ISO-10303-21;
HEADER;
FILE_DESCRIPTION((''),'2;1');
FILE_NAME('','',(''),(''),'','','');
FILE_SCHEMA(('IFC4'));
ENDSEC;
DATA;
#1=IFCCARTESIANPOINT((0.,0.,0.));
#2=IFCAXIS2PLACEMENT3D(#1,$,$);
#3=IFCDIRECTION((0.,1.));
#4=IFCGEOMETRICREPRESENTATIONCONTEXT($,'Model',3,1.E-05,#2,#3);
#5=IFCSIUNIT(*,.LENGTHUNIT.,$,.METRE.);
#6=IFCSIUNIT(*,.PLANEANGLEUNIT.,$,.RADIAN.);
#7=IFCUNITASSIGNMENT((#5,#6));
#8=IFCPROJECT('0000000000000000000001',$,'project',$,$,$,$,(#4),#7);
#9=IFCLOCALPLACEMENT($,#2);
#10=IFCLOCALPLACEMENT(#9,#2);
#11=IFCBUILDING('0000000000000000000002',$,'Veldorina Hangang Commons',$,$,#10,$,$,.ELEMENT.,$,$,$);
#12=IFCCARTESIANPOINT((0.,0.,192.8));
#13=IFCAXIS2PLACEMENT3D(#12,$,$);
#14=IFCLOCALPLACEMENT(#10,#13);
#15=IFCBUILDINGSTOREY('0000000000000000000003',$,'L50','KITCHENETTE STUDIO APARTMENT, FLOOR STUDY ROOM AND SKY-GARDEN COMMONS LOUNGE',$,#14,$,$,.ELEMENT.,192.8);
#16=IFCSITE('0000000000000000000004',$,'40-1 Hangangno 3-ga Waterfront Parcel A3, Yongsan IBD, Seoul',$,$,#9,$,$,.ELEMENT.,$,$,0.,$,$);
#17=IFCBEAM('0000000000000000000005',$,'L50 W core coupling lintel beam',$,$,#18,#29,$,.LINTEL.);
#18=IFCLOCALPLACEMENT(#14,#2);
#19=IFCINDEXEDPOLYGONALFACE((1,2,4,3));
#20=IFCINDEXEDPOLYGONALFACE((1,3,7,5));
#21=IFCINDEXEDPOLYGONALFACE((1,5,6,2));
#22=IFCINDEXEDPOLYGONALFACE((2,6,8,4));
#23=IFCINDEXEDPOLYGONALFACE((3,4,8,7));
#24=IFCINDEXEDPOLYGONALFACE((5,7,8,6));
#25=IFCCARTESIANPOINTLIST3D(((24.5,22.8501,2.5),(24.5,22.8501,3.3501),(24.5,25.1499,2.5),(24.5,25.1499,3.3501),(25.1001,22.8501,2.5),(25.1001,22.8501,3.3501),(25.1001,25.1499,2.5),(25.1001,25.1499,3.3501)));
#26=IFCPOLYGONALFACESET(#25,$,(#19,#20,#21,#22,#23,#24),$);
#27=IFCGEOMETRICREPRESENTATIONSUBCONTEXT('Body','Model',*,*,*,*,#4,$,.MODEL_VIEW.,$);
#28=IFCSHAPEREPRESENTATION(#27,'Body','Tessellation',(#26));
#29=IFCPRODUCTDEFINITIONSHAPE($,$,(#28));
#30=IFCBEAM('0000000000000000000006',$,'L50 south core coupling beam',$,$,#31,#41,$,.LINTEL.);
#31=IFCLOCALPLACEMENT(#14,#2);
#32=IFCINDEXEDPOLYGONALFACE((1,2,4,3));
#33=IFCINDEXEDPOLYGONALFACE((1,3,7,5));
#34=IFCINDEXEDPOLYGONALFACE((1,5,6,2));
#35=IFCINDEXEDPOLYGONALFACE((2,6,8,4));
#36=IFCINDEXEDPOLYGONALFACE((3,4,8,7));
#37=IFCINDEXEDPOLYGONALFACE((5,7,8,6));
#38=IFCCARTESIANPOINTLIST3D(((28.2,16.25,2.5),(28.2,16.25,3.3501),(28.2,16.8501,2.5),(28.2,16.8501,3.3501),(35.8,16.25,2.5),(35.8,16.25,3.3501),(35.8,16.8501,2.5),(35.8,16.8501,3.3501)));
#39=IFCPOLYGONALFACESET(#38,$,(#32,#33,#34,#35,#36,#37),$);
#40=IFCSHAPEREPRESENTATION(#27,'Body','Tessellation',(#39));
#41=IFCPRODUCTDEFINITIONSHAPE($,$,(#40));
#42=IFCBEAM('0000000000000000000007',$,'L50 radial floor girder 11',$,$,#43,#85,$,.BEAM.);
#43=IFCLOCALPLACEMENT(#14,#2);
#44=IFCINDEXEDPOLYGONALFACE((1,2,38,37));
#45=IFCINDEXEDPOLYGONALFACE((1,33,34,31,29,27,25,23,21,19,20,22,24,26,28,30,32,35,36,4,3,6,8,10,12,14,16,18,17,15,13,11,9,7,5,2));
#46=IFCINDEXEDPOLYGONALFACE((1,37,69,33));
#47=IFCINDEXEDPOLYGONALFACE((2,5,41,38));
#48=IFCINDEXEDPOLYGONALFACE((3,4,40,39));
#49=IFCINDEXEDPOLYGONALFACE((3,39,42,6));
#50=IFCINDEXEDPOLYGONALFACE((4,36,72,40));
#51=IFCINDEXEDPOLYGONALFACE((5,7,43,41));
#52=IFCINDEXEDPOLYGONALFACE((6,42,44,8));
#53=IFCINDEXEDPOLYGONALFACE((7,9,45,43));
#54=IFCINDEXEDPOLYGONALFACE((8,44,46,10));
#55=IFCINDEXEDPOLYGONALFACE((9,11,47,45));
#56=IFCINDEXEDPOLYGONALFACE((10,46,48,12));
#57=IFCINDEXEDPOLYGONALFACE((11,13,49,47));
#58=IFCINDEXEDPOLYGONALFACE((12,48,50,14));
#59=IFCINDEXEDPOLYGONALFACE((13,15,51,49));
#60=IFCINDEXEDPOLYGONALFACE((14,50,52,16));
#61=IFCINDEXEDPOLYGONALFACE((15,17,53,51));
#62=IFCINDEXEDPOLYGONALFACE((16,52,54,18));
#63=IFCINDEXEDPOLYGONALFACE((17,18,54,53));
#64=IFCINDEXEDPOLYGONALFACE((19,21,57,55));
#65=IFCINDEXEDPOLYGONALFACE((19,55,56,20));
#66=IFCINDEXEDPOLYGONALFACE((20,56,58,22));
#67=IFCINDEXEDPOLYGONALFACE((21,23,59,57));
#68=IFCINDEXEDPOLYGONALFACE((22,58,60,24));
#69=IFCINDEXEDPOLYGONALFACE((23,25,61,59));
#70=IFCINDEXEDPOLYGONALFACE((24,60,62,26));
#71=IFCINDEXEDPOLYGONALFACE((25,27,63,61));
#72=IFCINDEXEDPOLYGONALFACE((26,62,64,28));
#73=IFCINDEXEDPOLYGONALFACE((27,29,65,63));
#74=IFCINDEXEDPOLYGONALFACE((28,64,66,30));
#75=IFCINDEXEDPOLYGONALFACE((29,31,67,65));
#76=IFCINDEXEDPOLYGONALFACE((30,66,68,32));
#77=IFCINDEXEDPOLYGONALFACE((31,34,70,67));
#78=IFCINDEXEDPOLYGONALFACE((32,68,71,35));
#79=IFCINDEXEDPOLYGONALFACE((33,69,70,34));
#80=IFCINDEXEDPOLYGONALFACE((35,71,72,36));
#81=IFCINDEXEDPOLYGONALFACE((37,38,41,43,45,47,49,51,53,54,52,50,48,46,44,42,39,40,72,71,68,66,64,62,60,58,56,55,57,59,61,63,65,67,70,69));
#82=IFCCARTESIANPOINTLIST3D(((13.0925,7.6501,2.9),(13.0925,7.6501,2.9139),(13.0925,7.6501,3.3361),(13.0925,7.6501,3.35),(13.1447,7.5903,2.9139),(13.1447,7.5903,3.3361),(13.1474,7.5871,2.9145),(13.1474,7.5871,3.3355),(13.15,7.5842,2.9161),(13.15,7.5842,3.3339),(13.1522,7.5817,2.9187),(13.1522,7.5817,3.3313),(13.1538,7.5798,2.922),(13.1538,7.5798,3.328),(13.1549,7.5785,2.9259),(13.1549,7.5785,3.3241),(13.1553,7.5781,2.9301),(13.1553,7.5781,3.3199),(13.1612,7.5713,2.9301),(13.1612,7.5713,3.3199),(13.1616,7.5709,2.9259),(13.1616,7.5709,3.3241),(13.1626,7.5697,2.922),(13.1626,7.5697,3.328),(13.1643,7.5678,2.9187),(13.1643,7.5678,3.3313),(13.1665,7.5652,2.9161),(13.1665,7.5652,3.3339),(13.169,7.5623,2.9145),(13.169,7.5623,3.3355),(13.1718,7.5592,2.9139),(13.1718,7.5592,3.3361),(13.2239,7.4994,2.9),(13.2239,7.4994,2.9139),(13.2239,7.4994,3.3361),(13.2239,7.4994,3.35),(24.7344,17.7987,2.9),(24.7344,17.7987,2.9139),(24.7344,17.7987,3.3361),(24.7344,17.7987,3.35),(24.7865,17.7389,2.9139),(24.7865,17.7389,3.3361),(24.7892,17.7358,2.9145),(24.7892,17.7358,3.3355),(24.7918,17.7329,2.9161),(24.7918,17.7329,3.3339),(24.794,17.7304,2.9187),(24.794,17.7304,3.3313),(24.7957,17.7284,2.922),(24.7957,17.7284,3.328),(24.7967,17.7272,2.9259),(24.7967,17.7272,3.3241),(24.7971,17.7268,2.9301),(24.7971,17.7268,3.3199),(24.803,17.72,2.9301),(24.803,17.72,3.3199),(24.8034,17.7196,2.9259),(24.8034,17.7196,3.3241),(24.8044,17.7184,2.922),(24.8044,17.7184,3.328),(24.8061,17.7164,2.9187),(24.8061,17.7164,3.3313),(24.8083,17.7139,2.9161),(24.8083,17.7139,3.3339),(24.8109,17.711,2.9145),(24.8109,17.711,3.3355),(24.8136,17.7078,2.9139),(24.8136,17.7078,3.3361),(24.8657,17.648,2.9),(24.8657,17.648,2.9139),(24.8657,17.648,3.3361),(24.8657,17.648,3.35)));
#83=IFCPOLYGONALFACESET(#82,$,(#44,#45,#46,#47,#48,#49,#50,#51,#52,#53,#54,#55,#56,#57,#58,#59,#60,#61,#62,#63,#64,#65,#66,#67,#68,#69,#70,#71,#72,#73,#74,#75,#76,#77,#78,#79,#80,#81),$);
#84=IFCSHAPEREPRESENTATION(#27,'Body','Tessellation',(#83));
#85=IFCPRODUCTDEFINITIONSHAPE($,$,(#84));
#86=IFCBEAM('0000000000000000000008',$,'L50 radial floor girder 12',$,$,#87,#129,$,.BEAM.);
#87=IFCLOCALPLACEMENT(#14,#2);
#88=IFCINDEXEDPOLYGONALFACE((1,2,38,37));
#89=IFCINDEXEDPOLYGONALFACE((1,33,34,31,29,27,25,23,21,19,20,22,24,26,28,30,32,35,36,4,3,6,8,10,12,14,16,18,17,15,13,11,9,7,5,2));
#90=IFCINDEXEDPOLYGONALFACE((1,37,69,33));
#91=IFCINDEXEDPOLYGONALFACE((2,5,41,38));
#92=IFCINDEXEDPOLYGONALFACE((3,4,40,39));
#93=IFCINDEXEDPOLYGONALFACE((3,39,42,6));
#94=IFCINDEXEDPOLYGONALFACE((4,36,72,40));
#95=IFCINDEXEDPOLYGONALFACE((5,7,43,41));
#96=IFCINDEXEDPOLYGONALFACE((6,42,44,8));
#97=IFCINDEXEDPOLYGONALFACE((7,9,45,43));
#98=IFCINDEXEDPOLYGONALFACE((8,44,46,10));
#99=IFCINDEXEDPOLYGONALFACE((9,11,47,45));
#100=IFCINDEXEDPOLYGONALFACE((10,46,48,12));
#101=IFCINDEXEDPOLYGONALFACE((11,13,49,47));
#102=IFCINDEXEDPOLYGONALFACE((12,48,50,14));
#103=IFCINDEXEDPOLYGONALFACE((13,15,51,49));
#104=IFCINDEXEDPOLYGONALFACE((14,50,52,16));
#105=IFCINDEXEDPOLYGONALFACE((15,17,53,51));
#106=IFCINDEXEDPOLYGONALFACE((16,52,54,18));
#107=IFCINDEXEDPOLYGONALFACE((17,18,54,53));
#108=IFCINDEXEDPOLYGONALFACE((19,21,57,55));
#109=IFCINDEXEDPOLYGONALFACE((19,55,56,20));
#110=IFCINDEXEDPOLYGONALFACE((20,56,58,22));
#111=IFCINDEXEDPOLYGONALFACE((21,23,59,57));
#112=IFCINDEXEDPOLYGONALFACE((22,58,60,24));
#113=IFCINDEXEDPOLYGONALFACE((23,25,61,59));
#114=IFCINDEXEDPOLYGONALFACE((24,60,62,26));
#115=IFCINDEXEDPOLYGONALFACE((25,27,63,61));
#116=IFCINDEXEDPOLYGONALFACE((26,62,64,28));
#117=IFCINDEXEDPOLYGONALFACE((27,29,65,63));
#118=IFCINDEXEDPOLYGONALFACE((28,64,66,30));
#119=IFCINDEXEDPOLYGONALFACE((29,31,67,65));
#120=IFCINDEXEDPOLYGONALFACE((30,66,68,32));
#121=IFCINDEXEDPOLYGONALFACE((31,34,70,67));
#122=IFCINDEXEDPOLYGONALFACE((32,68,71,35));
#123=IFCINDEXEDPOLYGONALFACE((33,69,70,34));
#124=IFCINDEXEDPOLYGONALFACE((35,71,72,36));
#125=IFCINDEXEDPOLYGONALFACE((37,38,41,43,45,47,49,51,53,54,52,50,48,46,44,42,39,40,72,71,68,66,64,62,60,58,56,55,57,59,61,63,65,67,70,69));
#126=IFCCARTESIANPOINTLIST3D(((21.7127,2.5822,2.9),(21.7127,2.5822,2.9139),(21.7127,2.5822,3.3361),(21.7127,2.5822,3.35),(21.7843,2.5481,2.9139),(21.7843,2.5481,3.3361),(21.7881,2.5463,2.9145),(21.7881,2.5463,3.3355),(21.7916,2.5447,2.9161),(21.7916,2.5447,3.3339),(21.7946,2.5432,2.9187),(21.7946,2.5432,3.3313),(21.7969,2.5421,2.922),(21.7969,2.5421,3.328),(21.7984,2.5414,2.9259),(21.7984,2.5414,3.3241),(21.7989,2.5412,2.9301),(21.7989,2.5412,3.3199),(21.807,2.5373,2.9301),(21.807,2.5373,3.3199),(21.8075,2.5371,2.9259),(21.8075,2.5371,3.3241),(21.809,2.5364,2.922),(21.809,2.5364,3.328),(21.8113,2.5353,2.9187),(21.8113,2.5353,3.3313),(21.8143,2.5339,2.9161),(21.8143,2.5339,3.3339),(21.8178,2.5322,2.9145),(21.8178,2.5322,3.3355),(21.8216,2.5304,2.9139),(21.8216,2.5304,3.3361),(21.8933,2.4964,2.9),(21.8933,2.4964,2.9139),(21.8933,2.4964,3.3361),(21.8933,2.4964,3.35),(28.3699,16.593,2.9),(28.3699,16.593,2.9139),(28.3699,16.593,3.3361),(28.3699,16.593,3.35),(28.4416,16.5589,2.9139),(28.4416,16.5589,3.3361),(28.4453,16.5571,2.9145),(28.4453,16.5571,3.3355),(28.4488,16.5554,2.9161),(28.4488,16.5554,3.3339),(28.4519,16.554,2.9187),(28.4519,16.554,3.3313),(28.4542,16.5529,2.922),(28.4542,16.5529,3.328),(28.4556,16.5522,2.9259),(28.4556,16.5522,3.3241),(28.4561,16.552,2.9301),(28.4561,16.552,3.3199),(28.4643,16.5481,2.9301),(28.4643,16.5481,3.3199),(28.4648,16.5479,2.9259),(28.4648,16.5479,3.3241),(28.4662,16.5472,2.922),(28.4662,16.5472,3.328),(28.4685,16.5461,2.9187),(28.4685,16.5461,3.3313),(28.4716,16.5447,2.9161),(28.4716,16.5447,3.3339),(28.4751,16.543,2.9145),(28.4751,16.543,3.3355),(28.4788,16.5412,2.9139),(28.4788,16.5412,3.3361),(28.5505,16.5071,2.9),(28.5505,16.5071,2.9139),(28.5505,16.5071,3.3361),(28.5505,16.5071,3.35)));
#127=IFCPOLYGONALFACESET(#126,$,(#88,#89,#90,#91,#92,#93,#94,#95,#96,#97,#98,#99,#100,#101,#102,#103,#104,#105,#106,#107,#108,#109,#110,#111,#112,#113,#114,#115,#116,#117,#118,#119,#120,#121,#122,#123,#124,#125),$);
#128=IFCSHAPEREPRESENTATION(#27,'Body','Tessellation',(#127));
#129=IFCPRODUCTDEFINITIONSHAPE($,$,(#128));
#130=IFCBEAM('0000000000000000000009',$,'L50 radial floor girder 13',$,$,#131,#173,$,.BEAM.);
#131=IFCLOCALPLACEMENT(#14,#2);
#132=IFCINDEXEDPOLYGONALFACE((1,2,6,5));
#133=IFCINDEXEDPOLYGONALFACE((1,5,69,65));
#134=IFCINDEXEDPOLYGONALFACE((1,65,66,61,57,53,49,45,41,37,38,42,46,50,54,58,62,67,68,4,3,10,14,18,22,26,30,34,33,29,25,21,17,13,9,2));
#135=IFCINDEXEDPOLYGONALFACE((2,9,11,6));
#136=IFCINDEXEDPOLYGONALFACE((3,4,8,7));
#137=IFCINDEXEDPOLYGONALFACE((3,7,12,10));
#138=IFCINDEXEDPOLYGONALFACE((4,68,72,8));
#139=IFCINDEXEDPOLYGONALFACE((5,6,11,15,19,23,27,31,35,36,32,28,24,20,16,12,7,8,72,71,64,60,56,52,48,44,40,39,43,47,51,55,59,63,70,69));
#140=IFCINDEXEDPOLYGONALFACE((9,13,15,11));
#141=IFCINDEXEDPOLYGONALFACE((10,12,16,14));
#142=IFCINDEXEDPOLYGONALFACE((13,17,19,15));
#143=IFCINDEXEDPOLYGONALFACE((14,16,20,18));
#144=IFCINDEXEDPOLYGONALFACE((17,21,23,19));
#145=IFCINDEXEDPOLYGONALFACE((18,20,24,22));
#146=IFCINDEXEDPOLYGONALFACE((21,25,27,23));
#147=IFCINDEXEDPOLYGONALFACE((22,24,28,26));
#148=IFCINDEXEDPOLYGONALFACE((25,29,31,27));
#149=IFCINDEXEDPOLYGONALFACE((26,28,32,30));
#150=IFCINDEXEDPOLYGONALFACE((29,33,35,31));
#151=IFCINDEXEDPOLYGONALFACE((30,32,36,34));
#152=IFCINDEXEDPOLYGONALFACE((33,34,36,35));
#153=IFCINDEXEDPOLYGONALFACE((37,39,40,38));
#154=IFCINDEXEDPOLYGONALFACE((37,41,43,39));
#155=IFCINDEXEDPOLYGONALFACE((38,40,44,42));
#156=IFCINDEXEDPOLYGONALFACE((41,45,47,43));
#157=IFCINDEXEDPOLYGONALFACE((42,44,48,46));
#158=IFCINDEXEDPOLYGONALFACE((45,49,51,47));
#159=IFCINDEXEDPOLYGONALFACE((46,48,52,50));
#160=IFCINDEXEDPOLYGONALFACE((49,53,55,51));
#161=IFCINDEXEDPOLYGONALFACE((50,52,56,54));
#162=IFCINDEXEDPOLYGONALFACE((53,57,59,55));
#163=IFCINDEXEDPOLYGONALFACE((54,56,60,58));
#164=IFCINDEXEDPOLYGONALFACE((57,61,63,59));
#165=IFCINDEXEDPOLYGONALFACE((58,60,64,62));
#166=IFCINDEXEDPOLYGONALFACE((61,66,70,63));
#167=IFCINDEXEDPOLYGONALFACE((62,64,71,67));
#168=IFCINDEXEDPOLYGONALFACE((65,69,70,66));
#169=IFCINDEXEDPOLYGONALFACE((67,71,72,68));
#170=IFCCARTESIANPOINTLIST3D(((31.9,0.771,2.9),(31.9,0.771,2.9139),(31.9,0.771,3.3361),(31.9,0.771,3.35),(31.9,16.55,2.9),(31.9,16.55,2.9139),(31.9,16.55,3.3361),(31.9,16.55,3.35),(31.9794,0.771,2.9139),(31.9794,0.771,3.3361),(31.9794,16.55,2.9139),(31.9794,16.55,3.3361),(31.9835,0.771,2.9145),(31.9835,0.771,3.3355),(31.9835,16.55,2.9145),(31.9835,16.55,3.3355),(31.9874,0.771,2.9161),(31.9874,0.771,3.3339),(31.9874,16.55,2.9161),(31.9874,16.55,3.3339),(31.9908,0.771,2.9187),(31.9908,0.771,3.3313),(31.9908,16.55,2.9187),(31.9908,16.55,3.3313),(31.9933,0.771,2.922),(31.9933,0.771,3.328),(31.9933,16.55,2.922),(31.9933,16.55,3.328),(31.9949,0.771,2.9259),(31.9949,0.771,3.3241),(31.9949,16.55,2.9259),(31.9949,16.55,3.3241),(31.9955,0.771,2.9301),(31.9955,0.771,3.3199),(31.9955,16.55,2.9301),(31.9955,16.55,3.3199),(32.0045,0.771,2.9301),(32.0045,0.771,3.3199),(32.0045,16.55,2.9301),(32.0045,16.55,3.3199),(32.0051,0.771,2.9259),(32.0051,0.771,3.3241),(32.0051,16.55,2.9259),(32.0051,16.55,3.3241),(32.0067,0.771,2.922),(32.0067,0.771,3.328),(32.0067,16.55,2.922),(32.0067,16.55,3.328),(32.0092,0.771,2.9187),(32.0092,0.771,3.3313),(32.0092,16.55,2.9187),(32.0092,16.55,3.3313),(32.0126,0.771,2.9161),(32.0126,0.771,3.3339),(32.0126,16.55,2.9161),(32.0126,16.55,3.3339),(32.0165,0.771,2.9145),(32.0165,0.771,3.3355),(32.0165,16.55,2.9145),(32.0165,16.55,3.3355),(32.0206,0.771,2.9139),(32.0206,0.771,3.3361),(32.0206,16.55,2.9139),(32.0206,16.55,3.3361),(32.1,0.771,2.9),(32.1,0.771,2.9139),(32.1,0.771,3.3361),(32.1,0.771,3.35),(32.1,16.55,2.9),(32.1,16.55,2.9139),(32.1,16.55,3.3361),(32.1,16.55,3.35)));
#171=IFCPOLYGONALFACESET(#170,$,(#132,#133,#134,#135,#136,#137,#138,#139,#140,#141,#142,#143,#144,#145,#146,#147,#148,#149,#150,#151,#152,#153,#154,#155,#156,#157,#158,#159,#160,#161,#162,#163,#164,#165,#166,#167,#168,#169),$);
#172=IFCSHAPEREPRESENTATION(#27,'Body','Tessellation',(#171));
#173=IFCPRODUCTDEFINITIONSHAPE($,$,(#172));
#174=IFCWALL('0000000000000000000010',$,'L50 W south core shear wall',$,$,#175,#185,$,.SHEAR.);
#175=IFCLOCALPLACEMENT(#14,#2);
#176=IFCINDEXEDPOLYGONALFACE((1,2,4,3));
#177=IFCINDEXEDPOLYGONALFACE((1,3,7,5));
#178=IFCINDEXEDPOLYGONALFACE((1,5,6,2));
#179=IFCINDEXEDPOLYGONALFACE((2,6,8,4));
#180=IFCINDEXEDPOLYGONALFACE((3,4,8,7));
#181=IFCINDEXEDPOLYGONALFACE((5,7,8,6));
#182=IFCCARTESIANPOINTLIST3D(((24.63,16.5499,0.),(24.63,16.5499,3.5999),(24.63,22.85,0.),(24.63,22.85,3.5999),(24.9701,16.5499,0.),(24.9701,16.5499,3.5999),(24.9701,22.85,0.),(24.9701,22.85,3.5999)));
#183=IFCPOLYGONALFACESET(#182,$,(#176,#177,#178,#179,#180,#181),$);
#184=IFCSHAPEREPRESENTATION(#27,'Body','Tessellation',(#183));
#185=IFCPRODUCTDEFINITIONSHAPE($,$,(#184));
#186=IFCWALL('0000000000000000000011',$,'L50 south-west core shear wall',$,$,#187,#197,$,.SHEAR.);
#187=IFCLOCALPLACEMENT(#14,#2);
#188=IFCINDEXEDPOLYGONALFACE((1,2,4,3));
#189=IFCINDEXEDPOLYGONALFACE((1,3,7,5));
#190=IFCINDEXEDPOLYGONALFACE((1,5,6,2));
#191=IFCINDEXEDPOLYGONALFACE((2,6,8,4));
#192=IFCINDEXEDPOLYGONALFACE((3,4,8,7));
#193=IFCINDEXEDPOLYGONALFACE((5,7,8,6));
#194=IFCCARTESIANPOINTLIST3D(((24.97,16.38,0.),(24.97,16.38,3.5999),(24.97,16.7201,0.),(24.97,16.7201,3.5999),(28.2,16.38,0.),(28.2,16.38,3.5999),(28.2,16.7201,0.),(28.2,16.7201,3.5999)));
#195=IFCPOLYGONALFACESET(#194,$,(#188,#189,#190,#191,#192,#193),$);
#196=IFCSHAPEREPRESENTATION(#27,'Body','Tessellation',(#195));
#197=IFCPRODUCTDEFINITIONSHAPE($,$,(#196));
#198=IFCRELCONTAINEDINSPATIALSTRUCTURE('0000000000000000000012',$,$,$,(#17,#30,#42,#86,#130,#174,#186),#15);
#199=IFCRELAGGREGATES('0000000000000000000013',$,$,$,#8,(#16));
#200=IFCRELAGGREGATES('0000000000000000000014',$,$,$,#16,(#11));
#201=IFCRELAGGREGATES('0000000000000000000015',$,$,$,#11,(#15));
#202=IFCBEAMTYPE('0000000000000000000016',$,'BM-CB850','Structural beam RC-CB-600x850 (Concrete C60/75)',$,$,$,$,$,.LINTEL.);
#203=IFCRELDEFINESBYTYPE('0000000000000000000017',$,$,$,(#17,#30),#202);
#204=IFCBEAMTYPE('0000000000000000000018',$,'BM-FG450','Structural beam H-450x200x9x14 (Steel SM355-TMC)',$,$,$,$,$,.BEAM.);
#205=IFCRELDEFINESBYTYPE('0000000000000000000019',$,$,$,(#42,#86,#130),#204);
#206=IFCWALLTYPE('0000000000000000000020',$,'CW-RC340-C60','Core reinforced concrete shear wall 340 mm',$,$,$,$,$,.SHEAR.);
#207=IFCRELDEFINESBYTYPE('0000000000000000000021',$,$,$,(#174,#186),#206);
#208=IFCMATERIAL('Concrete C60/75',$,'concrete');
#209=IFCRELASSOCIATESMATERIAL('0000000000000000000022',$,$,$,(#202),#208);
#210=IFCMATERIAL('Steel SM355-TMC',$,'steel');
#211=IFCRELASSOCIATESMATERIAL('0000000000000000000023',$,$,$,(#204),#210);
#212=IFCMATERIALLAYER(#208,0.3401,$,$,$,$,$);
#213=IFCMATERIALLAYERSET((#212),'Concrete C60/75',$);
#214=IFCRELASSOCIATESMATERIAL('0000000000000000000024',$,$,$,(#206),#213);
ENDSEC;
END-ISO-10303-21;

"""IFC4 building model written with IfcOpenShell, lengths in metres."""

from ifc_helpers import new_model, si_unit, direction, frame, frame_2d, origin, origin_2d, place, context, subcontext, project, spatial, rectangle, i_section, extrude, material, layer, layer_set, material_profile, profile_set, type_object, element, save


model = new_model("IFC4")

# Units and contexts
model_context = context("Model", 3, precision=1e-05, world=origin(), true_north=direction((0.0, 1.0)))
body_context = subcontext(model_context, "Body", "Model", "MODEL_VIEW")
ifc_project = project(units=[si_unit("LENGTHUNIT", "METRE"), si_unit("PLANEANGLEUNIT", "RADIAN")], contexts=[model_context])

# Site, building, storey
site_placement = place(None, origin())
site = spatial("IfcSite", under=ifc_project, at=site_placement, Name="40-1 Hangangno 3-ga Waterfront Parcel A3, Yongsan IBD, Seoul", CompositionType="ELEMENT", RefElevation=0.0)
building_placement = place(site_placement, origin())
building = spatial("IfcBuilding", under=site, at=building_placement, Name="Veldorina Hangang Commons", CompositionType="ELEMENT")
storey_placement = place(building_placement, frame((0.0, 0.0, 192.8)))
storey = spatial("IfcBuildingStorey", under=building, at=storey_placement, Name="L50", Description="KITCHENETTE STUDIO APARTMENT, FLOOR STUDY ROOM AND SKY-GARDEN COMMONS LOUNGE", CompositionType="ELEMENT", Elevation=192.8)

# Beams
ifc_material_1 = material(Name="Concrete C60/75", Category="concrete")
ifc_material_profile_1 = material_profile(ifc_material_1, rectangle(XDim=0.6001, YDim=0.8501, at=origin_2d()), Name="RC-CB-600x850")
ifc_profile_set_1 = profile_set([ifc_material_profile_1], Name="Concrete C60/75")
beam_type_1 = type_object("IfcBeamType", Name="BM-CB850", Description="Structural beam RC-CB-600x850 (Concrete C60/75)", PredefinedType="LINTEL", material=ifc_profile_set_1)
beam_1_placement = place(storey_placement, frame((24.8, 22.8501, 2.925), z_axis=(0.0, 1.0, 0.0), x_axis=(-1.0, 0.0, 0.0)))
element("IfcBeam", 1, at=beam_1_placement, inside=storey, type_object=beam_type_1, Name="L50 W core coupling lintel beam", PredefinedType="LINTEL", context=body_context, shape_type="SweptSolid", body=[
    extrude(rectangle(XDim=0.6001, YDim=0.8501, at=origin_2d()), origin(), (0.0, 0.0, 1.0), 2.2998),
])
beam_2_placement = place(storey_placement, frame((28.2, 16.55, 2.925), z_axis=(1.0, 0.0, 0.0), x_axis=(0.0, 1.0, 0.0)))
element("IfcBeam", 2, at=beam_2_placement, inside=storey, type_object=beam_type_1, Name="L50 south core coupling beam", PredefinedType="LINTEL", context=body_context, shape_type="SweptSolid", body=[
    extrude(rectangle(XDim=0.6001, YDim=0.8501, at=origin_2d()), origin(), (0.0, 0.0, 1.0), 7.6001),
])
ifc_material_2 = material(Name="Steel SM355-TMC", Category="steel")
ifc_material_profile_2 = material_profile(ifc_material_2, i_section(OverallWidth=0.2, OverallDepth=0.45, WebThickness=0.009, FlangeThickness=0.0139, FilletRadius=0.0161, at=origin_2d()), Name="H-450x200x9x14")
ifc_profile_set_2 = profile_set([ifc_material_profile_2], Name="Steel SM355-TMC")
beam_type_2 = type_object("IfcBeamType", Name="BM-FG450", Description="Structural beam H-450x200x9x14 (Steel SM355-TMC)", PredefinedType="BEAM", material=ifc_profile_set_2)
beam_3_placement = place(storey_placement, frame((24.8, 17.7234, 3.125), z_axis=(-0.753793, -0.657112, 0.0), x_axis=(0.657112, -0.753793, 0.0)))
element("IfcBeam", 3, at=beam_3_placement, inside=storey, type_object=beam_type_2, Name="L50 radial floor girder 11", PredefinedType="BEAM", context=body_context, shape_type="SweptSolid", body=[
    extrude(i_section(OverallWidth=0.2, OverallDepth=0.45, WebThickness=0.009, FlangeThickness=0.0139, FilletRadius=0.0161, at=origin_2d()), origin(), (0.0, 0.0, 1.0), 15.4443),
])
beam_4_placement = place(storey_placement, frame((28.4602, 16.55, 3.125), z_axis=(-0.429169, -0.903224, 0.0), x_axis=(0.903224, -0.429169, 0.0)))
element("IfcBeam", 4, at=beam_4_placement, inside=storey, type_object=beam_type_2, Name="L50 radial floor girder 12", PredefinedType="BEAM", context=body_context, shape_type="SweptSolid", body=[
    extrude(i_section(OverallWidth=0.2, OverallDepth=0.45, WebThickness=0.009, FlangeThickness=0.0139, FilletRadius=0.0161, at=origin_2d()), origin(), (0.0, 0.0, 1.0), 15.512),
])
beam_5_placement = place(storey_placement, frame((32.0, 16.55, 3.125), z_axis=(0.0, -1.0, 0.0), x_axis=(1.0, 0.0, 0.0)))
element("IfcBeam", 5, at=beam_5_placement, inside=storey, type_object=beam_type_2, Name="L50 radial floor girder 13", PredefinedType="BEAM", context=body_context, shape_type="SweptSolid", body=[
    extrude(i_section(OverallWidth=0.2, OverallDepth=0.45, WebThickness=0.009, FlangeThickness=0.0139, FilletRadius=0.0161, at=origin_2d()), origin(), (0.0, 0.0, 1.0), 15.7791),
])

# Walls
ifc_layer_1 = layer(ifc_material_1, 0.3401)
ifc_layer_set_1 = layer_set([ifc_layer_1], Name="Concrete C60/75")
wall_type_1 = type_object("IfcWallType", Name="CW-RC340-C60", Description="Core reinforced concrete shear wall 340 mm", PredefinedType="SHEAR", material=ifc_layer_set_1)
wall_1_placement = place(storey_placement, frame((24.8, 16.55, 0.0), z_axis=(0.0, 0.0, 1.0), x_axis=(0.0, 1.0, 0.0)))
element("IfcWall", 6, at=wall_1_placement, inside=storey, type_object=wall_type_1, Name="L50 W south core shear wall", PredefinedType="SHEAR", context=body_context, shape_type="SweptSolid", body=[
    extrude(rectangle(XDim=6.3, YDim=0.3401, at=frame_2d((3.1499, 0.0))), origin(), (0.0, 0.0, 1.0), 3.5999),
])
wall_2_placement = place(storey_placement, frame((24.97, 16.55, 0.0), z_axis=(0.0, 0.0, 1.0), x_axis=(1.0, 0.0, 0.0)))
element("IfcWall", 7, at=wall_2_placement, inside=storey, type_object=wall_type_1, Name="L50 south-west core shear wall", PredefinedType="SHEAR", context=body_context, shape_type="SweptSolid", body=[
    extrude(rectangle(XDim=3.23, YDim=0.3401, at=frame_2d((1.615, 0.0))), origin(), (0.0, 0.0, 1.0), 3.5999),
])

save(model, "model.ifc")
